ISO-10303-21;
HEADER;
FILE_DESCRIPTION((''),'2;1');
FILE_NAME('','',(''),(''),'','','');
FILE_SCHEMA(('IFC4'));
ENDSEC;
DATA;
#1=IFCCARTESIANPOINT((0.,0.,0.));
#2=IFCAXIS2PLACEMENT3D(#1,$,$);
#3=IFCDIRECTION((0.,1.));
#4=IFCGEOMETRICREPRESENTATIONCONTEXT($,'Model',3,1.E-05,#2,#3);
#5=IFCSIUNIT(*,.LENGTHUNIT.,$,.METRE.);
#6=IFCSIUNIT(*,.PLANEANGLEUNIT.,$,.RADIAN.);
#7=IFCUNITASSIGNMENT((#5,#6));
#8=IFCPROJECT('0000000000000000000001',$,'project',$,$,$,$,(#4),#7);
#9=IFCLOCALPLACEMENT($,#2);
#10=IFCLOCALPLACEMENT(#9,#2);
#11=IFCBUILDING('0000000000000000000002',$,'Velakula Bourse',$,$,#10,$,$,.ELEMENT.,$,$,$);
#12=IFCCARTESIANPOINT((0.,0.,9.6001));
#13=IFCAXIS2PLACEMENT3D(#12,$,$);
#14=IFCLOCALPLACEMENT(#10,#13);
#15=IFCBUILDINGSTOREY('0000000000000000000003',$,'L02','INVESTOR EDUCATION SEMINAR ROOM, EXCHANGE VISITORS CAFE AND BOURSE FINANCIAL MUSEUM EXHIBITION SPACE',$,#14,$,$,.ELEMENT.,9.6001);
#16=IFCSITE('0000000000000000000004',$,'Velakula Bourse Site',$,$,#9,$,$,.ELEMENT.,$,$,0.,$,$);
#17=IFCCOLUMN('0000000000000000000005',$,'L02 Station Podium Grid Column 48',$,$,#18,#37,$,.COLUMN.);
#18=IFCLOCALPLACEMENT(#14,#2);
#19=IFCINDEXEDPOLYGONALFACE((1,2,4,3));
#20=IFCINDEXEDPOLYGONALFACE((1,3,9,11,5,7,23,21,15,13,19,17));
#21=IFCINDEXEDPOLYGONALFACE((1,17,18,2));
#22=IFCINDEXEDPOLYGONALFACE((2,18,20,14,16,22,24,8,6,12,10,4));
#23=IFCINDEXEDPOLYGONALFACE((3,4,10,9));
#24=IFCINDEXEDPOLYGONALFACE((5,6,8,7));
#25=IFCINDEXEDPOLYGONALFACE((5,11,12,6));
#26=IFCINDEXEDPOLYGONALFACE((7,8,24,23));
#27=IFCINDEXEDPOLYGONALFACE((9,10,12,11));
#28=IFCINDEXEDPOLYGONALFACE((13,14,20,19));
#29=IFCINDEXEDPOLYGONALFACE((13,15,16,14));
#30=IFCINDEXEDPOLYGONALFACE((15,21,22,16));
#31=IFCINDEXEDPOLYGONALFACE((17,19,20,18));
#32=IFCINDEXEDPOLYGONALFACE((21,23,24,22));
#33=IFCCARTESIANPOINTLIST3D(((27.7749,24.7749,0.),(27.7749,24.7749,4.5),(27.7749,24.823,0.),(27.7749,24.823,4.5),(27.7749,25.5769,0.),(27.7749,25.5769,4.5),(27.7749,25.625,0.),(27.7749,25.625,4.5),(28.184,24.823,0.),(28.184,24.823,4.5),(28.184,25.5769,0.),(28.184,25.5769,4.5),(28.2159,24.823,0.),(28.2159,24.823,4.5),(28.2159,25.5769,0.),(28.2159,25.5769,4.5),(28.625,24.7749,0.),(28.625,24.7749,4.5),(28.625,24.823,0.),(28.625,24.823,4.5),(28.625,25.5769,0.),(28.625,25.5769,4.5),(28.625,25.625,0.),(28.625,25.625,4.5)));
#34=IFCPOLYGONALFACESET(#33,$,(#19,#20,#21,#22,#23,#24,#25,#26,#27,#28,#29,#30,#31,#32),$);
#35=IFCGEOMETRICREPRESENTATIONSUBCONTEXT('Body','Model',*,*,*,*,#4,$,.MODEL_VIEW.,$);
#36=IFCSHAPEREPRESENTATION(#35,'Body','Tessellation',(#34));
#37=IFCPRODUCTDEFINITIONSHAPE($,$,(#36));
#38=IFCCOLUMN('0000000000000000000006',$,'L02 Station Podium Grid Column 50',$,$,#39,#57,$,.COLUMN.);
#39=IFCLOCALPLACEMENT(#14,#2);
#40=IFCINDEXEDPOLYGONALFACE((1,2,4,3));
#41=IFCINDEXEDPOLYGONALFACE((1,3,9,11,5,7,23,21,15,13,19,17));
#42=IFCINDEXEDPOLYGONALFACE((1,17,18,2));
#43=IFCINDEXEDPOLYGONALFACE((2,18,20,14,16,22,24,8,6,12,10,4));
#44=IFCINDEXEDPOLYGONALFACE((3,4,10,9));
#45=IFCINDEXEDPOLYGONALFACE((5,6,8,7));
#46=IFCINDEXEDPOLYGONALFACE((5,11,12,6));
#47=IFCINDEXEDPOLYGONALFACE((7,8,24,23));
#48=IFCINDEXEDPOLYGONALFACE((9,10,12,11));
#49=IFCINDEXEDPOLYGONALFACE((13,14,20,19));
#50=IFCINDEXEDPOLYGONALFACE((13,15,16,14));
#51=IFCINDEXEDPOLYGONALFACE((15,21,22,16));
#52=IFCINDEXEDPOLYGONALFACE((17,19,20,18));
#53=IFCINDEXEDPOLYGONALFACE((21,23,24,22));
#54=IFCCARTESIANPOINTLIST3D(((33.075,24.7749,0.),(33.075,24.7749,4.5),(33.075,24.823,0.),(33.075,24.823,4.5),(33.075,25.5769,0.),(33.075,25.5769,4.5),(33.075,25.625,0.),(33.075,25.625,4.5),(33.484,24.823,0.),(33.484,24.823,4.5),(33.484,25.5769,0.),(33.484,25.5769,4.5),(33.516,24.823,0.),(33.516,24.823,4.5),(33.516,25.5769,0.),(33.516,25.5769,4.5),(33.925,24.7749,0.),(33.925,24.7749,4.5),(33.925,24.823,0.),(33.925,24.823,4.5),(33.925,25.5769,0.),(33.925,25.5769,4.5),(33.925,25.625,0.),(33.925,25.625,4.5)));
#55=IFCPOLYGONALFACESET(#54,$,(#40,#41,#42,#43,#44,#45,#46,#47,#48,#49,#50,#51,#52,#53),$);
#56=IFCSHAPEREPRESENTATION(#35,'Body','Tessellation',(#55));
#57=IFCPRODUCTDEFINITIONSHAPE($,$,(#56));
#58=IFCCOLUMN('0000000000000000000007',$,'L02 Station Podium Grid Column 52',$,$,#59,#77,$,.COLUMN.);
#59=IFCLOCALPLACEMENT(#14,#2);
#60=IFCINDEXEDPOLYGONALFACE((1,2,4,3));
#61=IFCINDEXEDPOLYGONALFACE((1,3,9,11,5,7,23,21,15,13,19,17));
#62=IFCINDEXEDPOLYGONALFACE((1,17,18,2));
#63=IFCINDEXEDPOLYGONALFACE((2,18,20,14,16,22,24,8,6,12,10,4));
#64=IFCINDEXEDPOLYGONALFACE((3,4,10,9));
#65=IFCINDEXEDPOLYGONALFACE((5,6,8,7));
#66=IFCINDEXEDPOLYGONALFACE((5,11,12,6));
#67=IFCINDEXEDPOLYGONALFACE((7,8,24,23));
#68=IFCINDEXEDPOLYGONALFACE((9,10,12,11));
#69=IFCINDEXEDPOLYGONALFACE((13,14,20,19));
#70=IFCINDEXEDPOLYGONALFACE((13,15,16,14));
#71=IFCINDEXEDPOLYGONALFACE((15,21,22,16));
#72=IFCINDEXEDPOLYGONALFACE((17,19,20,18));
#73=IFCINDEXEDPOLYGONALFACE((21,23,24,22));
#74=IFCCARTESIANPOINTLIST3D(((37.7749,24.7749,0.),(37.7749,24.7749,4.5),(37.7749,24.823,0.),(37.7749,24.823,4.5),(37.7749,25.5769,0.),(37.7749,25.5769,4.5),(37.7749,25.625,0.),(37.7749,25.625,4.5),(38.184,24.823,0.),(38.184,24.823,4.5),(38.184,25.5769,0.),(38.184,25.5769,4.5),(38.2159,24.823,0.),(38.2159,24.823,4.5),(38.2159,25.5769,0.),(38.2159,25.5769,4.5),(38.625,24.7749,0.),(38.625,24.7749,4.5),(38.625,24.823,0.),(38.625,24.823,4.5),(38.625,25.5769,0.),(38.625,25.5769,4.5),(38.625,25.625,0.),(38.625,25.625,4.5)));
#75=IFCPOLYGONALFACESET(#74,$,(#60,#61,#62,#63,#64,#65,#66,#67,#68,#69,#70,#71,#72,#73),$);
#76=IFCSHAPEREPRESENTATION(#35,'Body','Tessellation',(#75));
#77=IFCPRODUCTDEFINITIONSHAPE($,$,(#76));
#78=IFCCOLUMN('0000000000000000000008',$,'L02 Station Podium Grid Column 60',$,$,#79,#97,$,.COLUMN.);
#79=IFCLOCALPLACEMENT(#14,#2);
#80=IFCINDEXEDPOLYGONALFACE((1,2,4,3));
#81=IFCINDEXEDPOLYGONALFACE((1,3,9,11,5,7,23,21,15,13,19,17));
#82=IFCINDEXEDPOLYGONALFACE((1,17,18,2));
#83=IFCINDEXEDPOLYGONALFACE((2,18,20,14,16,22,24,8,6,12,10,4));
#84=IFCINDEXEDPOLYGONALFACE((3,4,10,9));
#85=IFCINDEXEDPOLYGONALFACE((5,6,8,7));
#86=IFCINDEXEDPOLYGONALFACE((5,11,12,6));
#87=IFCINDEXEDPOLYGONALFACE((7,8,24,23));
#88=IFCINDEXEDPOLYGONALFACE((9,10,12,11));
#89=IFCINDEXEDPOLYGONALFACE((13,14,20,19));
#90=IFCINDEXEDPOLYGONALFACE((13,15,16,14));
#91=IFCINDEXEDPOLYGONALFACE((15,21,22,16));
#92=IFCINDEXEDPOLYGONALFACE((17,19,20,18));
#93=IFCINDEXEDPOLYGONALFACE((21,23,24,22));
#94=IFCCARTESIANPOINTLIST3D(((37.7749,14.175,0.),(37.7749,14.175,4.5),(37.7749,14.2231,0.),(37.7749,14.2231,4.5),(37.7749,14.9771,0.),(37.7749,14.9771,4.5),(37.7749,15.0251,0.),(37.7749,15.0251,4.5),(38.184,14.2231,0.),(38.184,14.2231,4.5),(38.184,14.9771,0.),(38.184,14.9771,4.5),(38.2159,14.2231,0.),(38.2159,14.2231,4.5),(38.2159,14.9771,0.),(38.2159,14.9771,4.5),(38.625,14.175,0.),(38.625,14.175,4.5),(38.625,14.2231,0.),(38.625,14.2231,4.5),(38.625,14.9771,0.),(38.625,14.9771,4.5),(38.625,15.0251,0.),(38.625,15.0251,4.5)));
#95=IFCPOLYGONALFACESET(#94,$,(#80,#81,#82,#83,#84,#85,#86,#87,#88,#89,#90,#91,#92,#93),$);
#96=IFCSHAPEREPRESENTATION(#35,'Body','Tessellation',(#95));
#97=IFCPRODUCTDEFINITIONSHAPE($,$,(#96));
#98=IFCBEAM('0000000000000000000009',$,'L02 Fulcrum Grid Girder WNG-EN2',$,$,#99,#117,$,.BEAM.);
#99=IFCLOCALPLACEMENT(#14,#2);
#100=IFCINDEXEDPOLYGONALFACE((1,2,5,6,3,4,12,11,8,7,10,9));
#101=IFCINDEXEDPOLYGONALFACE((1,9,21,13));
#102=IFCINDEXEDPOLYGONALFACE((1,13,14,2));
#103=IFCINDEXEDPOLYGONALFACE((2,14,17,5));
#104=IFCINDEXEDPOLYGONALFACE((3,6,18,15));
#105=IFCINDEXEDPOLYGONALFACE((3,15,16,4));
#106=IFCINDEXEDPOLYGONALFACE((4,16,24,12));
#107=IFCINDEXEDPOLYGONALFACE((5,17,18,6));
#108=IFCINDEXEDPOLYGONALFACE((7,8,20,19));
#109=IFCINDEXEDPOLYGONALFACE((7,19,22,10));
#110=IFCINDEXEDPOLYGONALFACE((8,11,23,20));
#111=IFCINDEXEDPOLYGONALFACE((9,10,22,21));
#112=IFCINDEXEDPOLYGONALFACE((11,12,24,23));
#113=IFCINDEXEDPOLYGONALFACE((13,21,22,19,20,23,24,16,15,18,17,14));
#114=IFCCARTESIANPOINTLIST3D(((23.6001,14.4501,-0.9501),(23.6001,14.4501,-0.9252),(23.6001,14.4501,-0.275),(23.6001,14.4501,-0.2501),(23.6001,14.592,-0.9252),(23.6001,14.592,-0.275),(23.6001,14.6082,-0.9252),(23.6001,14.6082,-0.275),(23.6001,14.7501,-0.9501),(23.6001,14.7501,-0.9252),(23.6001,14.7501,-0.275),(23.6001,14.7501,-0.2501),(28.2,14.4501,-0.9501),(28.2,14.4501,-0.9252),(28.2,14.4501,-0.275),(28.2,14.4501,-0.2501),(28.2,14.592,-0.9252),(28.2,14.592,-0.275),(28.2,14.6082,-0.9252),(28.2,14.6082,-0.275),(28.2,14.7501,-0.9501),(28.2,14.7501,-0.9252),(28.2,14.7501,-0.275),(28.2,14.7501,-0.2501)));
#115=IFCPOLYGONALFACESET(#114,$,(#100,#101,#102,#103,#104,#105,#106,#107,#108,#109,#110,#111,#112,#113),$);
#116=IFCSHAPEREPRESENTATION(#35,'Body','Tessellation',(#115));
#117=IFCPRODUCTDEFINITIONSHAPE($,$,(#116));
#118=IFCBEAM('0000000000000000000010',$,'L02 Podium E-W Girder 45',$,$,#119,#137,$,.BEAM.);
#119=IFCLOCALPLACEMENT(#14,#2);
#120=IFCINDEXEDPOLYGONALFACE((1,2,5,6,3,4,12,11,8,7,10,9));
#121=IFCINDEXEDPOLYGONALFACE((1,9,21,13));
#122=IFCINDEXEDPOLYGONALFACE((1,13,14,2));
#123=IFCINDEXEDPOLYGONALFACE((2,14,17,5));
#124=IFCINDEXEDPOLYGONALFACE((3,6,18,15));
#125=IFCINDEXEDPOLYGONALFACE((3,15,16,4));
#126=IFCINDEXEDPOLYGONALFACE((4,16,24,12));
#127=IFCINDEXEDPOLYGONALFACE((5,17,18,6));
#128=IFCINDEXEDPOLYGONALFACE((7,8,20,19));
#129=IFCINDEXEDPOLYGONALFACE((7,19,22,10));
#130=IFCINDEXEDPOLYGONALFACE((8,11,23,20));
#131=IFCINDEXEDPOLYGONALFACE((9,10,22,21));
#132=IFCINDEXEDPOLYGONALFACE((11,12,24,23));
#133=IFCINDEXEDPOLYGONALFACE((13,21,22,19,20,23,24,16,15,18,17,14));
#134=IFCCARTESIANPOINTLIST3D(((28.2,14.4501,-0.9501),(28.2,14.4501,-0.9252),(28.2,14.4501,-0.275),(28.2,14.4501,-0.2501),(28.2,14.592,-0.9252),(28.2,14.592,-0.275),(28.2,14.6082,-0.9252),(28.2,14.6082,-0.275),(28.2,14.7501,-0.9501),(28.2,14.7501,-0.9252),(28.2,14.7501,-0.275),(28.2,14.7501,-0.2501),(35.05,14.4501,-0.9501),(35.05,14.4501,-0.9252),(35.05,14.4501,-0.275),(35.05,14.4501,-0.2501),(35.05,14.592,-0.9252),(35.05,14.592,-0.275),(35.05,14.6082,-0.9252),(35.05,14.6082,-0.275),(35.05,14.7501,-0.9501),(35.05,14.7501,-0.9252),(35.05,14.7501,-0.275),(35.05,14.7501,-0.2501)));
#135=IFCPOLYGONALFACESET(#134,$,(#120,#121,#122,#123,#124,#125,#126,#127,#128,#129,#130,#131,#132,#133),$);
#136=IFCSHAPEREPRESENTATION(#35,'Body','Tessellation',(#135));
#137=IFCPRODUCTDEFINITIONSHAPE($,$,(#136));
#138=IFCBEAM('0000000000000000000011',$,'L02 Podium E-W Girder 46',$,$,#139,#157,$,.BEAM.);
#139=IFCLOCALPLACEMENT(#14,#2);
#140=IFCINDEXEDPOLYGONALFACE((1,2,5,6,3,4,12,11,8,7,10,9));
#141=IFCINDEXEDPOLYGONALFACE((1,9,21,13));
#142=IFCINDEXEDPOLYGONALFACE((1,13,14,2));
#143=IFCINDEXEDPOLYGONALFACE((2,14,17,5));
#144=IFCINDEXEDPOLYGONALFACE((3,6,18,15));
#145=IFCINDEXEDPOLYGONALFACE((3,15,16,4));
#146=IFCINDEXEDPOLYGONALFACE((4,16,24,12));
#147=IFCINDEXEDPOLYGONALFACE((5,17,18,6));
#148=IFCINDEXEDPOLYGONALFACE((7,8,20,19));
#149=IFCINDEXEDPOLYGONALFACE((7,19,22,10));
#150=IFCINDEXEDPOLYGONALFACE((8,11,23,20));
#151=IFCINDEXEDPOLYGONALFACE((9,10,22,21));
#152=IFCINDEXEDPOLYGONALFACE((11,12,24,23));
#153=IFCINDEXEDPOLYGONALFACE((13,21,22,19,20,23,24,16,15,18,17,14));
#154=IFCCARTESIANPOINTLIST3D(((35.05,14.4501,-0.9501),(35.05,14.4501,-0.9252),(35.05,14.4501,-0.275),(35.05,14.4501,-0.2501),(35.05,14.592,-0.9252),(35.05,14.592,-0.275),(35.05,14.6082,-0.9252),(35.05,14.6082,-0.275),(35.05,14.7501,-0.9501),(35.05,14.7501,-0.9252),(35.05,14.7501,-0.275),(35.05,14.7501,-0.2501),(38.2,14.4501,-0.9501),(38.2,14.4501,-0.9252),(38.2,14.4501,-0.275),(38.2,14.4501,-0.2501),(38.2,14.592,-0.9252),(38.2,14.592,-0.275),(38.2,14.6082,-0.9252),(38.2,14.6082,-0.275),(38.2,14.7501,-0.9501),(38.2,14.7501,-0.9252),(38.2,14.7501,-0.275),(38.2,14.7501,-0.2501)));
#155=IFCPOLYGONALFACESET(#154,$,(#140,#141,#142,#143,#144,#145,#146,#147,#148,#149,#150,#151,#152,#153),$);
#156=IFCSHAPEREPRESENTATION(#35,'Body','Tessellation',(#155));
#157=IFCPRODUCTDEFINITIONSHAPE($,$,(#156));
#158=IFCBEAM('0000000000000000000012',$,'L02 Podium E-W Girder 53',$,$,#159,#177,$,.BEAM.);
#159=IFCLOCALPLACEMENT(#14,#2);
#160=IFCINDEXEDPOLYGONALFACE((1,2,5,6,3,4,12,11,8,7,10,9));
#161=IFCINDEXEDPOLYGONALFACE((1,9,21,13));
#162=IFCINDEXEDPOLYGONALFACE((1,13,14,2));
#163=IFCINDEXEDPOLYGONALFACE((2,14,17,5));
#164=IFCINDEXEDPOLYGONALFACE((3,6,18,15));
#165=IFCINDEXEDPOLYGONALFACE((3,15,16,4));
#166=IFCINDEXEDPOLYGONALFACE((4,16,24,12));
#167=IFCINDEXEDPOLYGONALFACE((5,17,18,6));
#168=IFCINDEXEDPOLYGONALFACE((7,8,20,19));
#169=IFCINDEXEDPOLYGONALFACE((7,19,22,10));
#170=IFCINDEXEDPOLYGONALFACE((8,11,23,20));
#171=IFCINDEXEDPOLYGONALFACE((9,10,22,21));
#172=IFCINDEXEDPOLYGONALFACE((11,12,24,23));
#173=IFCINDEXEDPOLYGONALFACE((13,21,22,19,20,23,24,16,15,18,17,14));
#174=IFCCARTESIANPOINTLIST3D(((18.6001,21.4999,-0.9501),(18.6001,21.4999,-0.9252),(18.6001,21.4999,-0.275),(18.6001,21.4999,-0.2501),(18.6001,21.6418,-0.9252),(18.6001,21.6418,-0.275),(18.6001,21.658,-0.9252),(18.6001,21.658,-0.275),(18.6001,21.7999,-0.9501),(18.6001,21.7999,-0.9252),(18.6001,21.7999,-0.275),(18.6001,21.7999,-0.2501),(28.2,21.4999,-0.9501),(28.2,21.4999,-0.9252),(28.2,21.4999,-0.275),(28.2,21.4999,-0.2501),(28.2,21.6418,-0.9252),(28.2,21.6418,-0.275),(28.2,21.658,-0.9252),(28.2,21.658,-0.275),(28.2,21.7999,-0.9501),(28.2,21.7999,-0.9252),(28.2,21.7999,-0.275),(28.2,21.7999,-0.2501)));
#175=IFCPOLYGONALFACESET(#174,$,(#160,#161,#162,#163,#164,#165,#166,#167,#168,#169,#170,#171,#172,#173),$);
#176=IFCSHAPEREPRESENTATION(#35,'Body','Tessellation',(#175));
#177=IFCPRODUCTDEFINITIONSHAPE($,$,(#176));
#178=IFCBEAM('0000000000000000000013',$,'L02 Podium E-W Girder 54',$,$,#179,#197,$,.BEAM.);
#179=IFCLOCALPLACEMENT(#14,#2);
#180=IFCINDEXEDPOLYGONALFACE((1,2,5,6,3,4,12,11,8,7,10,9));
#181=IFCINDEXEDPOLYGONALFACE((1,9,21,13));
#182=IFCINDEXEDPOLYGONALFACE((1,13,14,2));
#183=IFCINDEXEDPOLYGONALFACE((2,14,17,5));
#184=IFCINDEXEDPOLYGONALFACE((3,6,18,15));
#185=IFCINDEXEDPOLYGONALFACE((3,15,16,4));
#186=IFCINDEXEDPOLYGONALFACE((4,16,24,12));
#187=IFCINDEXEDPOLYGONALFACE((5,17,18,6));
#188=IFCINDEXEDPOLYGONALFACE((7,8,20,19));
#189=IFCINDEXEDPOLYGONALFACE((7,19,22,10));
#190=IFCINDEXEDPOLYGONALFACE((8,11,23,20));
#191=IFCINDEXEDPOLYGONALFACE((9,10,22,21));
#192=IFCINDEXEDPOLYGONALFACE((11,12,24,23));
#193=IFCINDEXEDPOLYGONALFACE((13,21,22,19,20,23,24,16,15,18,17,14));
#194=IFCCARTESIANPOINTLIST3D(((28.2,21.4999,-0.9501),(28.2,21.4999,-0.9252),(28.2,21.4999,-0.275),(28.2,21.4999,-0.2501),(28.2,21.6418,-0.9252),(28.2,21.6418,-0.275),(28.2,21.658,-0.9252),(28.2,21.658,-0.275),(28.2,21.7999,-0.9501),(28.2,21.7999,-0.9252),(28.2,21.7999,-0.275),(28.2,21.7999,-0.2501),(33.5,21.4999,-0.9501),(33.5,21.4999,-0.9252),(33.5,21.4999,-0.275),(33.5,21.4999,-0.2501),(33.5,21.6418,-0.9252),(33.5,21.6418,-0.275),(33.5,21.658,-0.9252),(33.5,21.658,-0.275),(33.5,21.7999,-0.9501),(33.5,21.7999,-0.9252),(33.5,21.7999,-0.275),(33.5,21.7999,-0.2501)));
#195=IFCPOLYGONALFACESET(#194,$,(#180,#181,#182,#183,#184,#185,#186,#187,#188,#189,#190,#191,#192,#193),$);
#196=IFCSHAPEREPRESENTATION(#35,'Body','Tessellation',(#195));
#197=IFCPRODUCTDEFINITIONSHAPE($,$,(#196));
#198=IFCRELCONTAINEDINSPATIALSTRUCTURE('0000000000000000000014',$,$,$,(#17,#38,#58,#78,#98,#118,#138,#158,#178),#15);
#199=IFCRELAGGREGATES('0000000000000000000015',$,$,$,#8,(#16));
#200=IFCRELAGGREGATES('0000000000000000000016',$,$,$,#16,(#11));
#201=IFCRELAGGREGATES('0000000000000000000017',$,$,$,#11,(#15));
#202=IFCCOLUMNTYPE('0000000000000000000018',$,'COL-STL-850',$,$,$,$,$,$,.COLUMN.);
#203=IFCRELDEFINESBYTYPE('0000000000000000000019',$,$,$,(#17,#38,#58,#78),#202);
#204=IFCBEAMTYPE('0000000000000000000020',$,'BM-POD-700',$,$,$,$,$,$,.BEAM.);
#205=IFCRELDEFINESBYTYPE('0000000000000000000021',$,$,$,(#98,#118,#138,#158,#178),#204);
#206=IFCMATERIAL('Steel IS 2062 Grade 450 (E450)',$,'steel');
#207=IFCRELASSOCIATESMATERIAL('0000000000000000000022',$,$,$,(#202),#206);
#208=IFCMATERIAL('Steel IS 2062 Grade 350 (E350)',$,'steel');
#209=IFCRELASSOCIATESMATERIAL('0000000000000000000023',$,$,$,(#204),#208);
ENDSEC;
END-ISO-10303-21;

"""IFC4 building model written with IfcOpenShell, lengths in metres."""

from ifc_helpers import new_model, si_unit, direction, frame, origin, origin_2d, place, context, subcontext, project, spatial, i_section, extrude, material, material_profile, profile_set, type_object, element, save


model = new_model("IFC4")

# Units and contexts
model_context = context("Model", 3, precision=1e-05, world=origin(), true_north=direction((0.0, 1.0)))
body_context = subcontext(model_context, "Body", "Model", "MODEL_VIEW")
ifc_project = project(units=[si_unit("LENGTHUNIT", "METRE"), si_unit("PLANEANGLEUNIT", "RADIAN")], contexts=[model_context])

# Site, building, storey
site_placement = place(None, origin())
site = spatial("IfcSite", under=ifc_project, at=site_placement, Name="Velakula Bourse Site", CompositionType="ELEMENT", RefElevation=0.0)
building_placement = place(site_placement, origin())
building = spatial("IfcBuilding", under=site, at=building_placement, Name="Velakula Bourse", CompositionType="ELEMENT")
storey_placement = place(building_placement, frame((0.0, 0.0, 9.6001)))
storey = spatial("IfcBuildingStorey", under=building, at=storey_placement, Name="L02", Description="INVESTOR EDUCATION SEMINAR ROOM, EXCHANGE VISITORS CAFE AND BOURSE FINANCIAL MUSEUM EXHIBITION SPACE", CompositionType="ELEMENT", Elevation=9.6001)

# Columns
ifc_material_1 = material(Name="Steel IS 2062 Grade 450 (E450)", Category="steel")
ifc_material_profile_1 = material_profile(ifc_material_1, i_section(OverallWidth=0.8501, OverallDepth=0.8501, WebThickness=0.032, FlangeThickness=0.0481, at=origin_2d()), Name="Steel IS 2062 Grade 450 (E450)")
ifc_profile_set_1 = profile_set([ifc_material_profile_1], Name="Steel IS 2062 Grade 450 (E450)")
column_type = type_object("IfcColumnType", Name="COL-STL-850", PredefinedType="COLUMN", material=ifc_profile_set_1)
for number, where, z_axis, x_axis, name in (
    (1, (28.2, 25.2, 0.0), (0.0, 0.0, 1.0), (1.0, 0.0, 0.0), "L02 Station Podium Grid Column 48"),
    (2, (33.5, 25.2, 0.0), (0.0, 0.0, 1.0), (1.0, 0.0, 0.0), "L02 Station Podium Grid Column 50"),
    (3, (38.2, 25.2, 0.0), (0.0, 0.0, 1.0), (1.0, 0.0, 0.0), "L02 Station Podium Grid Column 52"),
    (4, (38.2, 14.6001, 0.0), (0.0, 0.0, 1.0), (1.0, 0.0, 0.0), "L02 Station Podium Grid Column 60"),
):
    element("IfcColumn", number, at=place(storey_placement, frame(where, z_axis=z_axis, x_axis=x_axis)), inside=storey, type_object=column_type, Name=name, PredefinedType="COLUMN", context=body_context, shape_type="SweptSolid", body=[
        extrude(i_section(OverallWidth=0.8501, OverallDepth=0.8501, WebThickness=0.032, FlangeThickness=0.0481, at=origin_2d()), origin(), (0.0, 0.0, 1.0), 4.5),
    ])

# Beams
ifc_material_2 = material(Name="Steel IS 2062 Grade 350 (E350)", Category="steel")
ifc_material_profile_2 = material_profile(ifc_material_2, i_section(OverallWidth=0.3, OverallDepth=0.7, WebThickness=0.0161, FlangeThickness=0.0249, at=origin_2d()), Name="Steel IS 2062 Grade 350 (E350)")
ifc_profile_set_2 = profile_set([ifc_material_profile_2], Name="Steel IS 2062 Grade 350 (E350)")
beam_type_1 = type_object("IfcBeamType", Name="BM-POD-700", PredefinedType="BEAM", material=ifc_profile_set_2)
beam_1_placement = place(storey_placement, frame((23.6001, 14.6001, -0.6001), z_axis=(1.0, 0.0, 0.0), x_axis=(0.0, 1.0, 0.0)))
element("IfcBeam", 5, at=beam_1_placement, inside=storey, type_object=beam_type_1, Name="L02 Fulcrum Grid Girder WNG-EN2", PredefinedType="BEAM", context=body_context, shape_type="SweptSolid", body=[
    extrude(i_section(OverallWidth=0.3, OverallDepth=0.7, WebThickness=0.0161, FlangeThickness=0.0249, at=origin_2d()), origin(), (0.0, 0.0, 1.0), 4.5999),
])
beam_2_placement = place(storey_placement, frame((28.2, 14.6001, -0.6001), z_axis=(1.0, 0.0, 0.0), x_axis=(0.0, 1.0, 0.0)))
element("IfcBeam", 6, at=beam_2_placement, inside=storey, type_object=beam_type_1, Name="L02 Podium E-W Girder 45", PredefinedType="BEAM", context=body_context, shape_type="SweptSolid", body=[
    extrude(i_section(OverallWidth=0.3, OverallDepth=0.7, WebThickness=0.0161, FlangeThickness=0.0249, at=origin_2d()), origin(), (0.0, 0.0, 1.0), 6.8501),
])
beam_3_placement = place(storey_placement, frame((35.05, 14.6001, -0.6001), z_axis=(1.0, 0.0, 0.0), x_axis=(0.0, 1.0, 0.0)))
element("IfcBeam", 7, at=beam_3_placement, inside=storey, type_object=beam_type_1, Name="L02 Podium E-W Girder 46", PredefinedType="BEAM", context=body_context, shape_type="SweptSolid", body=[
    extrude(i_section(OverallWidth=0.3, OverallDepth=0.7, WebThickness=0.0161, FlangeThickness=0.0249, at=origin_2d()), origin(), (0.0, 0.0, 1.0), 3.1499),
])
beam_4_placement = place(storey_placement, frame((18.6001, 21.6499, -0.6001), z_axis=(1.0, 0.0, 0.0), x_axis=(0.0, 1.0, 0.0)))
element("IfcBeam", 8, at=beam_4_placement, inside=storey, type_object=beam_type_1, Name="L02 Podium E-W Girder 53", PredefinedType="BEAM", context=body_context, shape_type="SweptSolid", body=[
    extrude(i_section(OverallWidth=0.3, OverallDepth=0.7, WebThickness=0.0161, FlangeThickness=0.0249, at=origin_2d()), origin(), (0.0, 0.0, 1.0), 9.5999),
])
beam_5_placement = place(storey_placement, frame((28.2, 21.6499, -0.6001), z_axis=(1.0, 0.0, 0.0), x_axis=(0.0, 1.0, 0.0)))
element("IfcBeam", 9, at=beam_5_placement, inside=storey, type_object=beam_type_1, Name="L02 Podium E-W Girder 54", PredefinedType="BEAM", context=body_context, shape_type="SweptSolid", body=[
    extrude(i_section(OverallWidth=0.3, OverallDepth=0.7, WebThickness=0.0161, FlangeThickness=0.0249, at=origin_2d()), origin(), (0.0, 0.0, 1.0), 5.3),
])

save(model, "model.ifc")
